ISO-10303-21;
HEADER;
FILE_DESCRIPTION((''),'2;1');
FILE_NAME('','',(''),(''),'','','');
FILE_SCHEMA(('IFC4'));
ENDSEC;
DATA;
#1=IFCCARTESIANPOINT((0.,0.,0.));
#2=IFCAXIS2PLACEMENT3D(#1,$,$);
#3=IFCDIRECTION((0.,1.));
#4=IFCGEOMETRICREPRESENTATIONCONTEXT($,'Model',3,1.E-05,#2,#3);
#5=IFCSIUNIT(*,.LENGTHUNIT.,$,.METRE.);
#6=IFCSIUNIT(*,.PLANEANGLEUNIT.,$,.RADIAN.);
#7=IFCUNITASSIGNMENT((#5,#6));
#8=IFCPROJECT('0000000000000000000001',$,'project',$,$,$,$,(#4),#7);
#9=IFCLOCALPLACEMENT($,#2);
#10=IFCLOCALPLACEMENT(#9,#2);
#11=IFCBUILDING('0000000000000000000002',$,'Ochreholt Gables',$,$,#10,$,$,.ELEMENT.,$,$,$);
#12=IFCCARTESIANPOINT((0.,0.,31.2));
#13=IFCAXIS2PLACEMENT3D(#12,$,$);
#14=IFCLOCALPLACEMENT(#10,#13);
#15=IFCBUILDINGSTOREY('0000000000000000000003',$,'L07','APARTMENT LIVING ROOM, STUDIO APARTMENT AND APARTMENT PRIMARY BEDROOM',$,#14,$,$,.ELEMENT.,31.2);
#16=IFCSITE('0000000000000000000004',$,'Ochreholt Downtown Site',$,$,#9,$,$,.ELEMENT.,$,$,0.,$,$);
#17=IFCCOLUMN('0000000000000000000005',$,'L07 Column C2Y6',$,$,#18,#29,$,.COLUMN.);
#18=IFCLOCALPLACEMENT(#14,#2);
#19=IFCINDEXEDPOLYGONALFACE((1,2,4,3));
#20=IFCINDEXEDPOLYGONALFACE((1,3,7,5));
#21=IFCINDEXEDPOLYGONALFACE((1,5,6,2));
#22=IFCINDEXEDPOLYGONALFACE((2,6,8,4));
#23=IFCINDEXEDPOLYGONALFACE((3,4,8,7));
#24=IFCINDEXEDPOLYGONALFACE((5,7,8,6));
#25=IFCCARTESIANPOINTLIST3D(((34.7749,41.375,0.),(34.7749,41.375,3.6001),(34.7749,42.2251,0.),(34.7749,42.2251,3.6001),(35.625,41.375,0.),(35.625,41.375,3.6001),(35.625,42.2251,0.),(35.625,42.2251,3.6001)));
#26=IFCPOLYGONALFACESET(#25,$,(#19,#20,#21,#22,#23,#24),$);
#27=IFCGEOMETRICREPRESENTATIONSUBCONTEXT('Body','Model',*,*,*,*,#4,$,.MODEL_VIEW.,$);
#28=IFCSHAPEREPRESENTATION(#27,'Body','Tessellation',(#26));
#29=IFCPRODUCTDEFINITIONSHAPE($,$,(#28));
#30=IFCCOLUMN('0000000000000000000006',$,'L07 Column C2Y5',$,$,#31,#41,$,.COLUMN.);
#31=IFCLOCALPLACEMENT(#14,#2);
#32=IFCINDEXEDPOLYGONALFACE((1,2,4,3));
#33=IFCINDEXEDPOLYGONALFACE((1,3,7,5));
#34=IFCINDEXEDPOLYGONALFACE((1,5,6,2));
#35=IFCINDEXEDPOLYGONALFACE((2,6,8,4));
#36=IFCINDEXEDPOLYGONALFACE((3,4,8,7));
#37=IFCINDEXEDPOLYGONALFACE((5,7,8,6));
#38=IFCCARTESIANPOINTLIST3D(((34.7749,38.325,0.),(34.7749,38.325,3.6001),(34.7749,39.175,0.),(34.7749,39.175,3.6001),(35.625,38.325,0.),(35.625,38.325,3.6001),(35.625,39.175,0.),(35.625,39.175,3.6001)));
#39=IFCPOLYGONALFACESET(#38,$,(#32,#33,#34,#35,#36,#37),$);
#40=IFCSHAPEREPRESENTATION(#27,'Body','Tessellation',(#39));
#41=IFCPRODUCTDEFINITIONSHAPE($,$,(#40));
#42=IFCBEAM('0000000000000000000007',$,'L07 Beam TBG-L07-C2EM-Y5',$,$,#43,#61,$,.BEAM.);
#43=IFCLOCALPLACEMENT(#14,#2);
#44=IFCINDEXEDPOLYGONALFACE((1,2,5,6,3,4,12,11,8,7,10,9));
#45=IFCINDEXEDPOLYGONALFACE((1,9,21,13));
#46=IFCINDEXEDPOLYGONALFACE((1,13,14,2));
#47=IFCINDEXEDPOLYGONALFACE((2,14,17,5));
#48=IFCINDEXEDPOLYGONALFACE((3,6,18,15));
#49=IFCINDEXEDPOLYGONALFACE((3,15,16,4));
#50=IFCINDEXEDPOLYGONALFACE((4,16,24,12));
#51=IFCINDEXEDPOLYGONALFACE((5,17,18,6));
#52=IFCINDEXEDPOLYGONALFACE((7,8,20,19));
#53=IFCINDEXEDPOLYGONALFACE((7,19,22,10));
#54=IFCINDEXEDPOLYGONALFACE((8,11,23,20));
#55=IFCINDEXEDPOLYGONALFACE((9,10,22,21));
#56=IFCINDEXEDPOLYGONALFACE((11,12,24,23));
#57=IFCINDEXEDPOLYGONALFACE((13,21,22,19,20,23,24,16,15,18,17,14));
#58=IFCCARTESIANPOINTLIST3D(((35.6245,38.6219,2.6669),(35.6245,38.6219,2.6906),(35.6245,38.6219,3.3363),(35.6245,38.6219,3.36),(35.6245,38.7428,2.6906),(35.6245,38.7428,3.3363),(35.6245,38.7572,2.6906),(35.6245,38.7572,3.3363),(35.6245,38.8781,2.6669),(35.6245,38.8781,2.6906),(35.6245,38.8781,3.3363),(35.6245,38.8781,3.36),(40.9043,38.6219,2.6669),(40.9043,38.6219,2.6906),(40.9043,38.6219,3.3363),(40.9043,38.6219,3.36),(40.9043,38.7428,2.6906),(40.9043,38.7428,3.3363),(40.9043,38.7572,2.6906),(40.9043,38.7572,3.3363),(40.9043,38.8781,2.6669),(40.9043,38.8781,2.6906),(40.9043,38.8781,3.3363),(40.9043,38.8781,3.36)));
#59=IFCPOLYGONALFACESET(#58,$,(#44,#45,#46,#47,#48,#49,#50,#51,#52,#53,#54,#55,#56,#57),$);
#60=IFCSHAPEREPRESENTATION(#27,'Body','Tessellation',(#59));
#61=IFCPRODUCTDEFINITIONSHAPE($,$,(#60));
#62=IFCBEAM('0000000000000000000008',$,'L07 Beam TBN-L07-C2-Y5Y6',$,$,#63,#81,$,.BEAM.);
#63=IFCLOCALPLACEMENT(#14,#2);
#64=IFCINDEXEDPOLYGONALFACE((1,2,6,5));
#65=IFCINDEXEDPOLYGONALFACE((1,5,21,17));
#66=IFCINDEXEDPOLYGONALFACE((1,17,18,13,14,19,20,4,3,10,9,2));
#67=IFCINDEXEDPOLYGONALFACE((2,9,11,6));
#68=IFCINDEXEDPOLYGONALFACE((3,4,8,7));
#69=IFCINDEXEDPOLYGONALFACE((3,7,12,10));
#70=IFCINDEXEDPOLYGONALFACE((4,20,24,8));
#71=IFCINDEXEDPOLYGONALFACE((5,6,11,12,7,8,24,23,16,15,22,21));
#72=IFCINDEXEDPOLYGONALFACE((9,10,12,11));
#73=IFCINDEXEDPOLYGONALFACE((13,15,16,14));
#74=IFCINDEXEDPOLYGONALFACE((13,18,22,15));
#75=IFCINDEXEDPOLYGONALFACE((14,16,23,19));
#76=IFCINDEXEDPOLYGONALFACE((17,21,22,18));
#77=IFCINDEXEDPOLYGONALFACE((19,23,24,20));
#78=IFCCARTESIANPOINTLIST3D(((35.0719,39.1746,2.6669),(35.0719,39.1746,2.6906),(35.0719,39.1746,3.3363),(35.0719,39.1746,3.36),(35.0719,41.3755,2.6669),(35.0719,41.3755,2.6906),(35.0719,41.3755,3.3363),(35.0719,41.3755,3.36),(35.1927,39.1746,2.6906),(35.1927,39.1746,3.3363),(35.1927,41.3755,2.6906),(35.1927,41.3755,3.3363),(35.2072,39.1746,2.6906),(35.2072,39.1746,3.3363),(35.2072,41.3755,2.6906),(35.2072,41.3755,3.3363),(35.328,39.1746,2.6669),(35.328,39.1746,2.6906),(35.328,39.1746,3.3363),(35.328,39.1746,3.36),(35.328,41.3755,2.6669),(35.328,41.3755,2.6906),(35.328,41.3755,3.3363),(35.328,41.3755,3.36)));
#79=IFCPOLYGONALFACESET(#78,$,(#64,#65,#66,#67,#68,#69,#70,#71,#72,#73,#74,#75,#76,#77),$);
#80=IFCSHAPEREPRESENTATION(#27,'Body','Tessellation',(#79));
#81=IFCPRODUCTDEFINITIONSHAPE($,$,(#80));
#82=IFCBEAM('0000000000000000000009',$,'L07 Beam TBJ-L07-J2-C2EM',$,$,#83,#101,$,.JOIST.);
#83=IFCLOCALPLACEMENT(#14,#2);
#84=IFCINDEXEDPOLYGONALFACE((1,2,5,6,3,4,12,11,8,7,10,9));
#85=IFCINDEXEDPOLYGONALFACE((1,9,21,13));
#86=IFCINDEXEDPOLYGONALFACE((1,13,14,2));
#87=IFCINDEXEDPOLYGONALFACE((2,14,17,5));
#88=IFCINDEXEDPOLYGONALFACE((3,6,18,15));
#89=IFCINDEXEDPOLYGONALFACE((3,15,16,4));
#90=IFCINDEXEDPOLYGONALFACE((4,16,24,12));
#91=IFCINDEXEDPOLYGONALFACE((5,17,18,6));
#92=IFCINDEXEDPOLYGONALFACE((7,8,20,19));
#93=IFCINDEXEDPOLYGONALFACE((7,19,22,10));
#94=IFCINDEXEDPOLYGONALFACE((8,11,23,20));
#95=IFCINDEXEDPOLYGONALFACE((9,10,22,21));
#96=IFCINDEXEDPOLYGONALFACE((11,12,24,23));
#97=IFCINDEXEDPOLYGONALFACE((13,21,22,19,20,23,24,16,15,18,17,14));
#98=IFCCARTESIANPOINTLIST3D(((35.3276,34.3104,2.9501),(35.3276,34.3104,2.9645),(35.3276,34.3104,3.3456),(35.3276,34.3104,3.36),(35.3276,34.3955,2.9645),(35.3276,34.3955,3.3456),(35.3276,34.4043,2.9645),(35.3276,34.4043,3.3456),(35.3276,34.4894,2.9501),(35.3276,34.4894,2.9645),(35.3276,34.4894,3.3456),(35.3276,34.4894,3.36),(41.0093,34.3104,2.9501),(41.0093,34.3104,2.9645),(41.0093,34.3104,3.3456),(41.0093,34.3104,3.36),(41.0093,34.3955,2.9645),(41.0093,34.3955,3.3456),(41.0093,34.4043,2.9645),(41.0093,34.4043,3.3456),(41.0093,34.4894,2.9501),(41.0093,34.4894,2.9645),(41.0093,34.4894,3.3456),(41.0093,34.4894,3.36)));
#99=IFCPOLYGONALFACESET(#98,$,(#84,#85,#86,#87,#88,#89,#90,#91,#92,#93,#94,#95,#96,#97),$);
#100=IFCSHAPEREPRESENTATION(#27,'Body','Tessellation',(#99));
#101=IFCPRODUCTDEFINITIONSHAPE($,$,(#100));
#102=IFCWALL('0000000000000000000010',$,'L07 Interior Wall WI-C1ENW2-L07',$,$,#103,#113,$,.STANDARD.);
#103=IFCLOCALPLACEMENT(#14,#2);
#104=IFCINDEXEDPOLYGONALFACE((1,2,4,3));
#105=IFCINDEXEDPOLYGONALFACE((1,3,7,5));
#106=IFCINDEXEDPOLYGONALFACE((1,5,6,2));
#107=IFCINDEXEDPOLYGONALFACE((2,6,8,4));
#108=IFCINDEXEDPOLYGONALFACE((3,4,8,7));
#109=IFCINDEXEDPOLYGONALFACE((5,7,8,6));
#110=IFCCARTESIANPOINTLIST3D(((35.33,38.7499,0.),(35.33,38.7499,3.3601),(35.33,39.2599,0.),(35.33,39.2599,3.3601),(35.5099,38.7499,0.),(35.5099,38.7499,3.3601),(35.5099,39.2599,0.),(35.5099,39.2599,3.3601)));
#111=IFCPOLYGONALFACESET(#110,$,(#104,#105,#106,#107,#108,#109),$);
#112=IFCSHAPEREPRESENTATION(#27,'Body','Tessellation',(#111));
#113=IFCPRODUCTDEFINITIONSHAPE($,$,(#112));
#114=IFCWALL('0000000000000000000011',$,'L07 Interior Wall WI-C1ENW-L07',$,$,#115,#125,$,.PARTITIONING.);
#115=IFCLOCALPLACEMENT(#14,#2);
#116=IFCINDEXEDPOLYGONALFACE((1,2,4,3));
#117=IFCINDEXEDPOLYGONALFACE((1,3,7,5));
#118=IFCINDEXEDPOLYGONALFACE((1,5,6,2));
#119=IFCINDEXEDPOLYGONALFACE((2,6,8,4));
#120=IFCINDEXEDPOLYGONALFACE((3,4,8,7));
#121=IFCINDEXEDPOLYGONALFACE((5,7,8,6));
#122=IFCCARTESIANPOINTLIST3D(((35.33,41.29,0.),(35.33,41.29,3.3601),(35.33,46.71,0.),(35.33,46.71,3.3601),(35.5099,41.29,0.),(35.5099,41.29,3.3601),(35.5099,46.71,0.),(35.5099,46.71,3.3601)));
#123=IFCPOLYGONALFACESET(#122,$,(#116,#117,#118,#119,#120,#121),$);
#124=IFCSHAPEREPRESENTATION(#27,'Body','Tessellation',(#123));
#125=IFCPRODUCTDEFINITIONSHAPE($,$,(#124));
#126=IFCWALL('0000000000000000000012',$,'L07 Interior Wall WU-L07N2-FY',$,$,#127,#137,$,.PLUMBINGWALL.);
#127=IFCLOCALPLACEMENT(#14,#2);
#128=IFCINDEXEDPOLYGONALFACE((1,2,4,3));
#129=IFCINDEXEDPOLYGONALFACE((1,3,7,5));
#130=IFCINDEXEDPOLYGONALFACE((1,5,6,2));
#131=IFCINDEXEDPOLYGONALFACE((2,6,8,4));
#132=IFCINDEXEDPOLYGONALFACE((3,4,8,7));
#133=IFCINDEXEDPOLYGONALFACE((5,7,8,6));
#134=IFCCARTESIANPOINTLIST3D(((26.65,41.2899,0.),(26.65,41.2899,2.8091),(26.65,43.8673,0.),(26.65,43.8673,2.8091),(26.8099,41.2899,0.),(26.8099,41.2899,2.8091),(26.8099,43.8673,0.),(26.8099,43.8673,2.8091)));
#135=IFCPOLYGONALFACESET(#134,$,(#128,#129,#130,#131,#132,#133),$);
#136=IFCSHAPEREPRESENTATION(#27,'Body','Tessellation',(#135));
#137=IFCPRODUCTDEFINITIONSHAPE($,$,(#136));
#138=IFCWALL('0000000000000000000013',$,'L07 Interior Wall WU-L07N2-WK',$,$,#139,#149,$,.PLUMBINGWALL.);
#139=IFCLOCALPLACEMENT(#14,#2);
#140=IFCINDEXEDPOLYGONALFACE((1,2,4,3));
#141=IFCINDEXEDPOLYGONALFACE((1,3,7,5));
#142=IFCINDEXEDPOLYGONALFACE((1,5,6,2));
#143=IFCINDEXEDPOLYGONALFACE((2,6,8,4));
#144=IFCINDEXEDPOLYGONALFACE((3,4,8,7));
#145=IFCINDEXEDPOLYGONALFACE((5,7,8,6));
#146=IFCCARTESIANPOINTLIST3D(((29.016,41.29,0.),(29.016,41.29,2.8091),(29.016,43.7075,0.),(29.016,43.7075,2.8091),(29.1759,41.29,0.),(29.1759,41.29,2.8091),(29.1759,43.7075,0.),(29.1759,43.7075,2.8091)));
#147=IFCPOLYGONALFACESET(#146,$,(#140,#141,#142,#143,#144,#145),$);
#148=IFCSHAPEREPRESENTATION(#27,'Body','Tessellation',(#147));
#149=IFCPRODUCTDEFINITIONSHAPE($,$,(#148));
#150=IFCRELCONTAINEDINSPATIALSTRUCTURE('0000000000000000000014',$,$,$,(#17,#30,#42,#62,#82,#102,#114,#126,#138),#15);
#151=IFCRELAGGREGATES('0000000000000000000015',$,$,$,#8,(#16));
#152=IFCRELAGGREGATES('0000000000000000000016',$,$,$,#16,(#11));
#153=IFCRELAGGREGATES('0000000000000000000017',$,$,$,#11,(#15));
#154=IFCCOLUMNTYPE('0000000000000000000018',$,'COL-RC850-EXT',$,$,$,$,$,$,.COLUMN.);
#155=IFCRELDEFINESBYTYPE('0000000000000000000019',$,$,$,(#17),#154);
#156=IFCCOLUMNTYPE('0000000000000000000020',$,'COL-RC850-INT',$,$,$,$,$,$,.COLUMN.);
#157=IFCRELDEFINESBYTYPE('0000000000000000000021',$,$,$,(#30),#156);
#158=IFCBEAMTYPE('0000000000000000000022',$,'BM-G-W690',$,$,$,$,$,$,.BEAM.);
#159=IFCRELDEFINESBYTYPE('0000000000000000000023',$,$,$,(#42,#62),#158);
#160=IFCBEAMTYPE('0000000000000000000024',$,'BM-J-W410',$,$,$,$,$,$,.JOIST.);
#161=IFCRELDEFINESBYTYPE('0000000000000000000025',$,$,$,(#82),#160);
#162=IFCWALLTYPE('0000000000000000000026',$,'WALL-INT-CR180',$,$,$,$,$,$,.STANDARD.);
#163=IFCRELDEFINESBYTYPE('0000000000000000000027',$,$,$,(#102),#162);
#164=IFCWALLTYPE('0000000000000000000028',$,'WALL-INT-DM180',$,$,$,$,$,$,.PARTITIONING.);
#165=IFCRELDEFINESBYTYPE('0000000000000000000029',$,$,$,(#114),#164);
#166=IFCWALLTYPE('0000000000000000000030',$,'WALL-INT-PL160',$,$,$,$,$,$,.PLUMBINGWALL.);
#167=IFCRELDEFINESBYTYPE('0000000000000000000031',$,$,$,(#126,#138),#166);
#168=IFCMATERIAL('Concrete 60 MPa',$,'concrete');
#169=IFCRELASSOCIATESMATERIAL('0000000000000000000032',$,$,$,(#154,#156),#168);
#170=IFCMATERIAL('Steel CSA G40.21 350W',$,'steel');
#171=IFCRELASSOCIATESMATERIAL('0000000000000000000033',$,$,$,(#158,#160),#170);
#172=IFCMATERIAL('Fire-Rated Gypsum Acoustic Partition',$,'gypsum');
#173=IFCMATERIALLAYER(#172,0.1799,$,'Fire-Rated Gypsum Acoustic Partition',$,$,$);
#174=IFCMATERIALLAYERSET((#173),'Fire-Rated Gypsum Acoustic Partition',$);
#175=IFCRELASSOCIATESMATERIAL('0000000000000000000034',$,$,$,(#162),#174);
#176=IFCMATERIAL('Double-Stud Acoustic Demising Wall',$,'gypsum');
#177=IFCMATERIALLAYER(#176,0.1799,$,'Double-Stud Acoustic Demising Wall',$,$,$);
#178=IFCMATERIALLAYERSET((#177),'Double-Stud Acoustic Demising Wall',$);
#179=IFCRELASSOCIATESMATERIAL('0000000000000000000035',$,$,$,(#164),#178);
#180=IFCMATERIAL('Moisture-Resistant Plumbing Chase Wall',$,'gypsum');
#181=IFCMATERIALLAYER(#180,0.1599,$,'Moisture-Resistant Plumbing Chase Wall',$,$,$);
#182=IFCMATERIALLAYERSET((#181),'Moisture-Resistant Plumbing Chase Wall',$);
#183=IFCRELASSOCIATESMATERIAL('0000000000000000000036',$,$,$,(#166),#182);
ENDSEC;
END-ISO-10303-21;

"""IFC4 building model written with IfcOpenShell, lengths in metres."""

from ifc_helpers import new_model, si_unit, direction, frame, frame_2d, origin, origin_2d, place, context, subcontext, project, spatial, rectangle, i_section, extrude, material, layer, layer_set, material_profile, profile_set, type_object, element, save


model = new_model("IFC4")

# Units and contexts
model_context = context("Model", 3, precision=1e-05, world=origin(), true_north=direction((0.0, 1.0)))
body_context = subcontext(model_context, "Body", "Model", "MODEL_VIEW")
ifc_project = project(units=[si_unit("LENGTHUNIT", "METRE"), si_unit("PLANEANGLEUNIT", "RADIAN")], contexts=[model_context])

# Site, building, storey
site_placement = place(None, origin())
site = spatial("IfcSite", under=ifc_project, at=site_placement, Name="Ochreholt Downtown Site", CompositionType="ELEMENT", RefElevation=0.0)
building_placement = place(site_placement, origin())
building = spatial("IfcBuilding", under=site, at=building_placement, Name="Ochreholt Gables", CompositionType="ELEMENT")
storey_placement = place(building_placement, frame((0.0, 0.0, 31.2)))
storey = spatial("IfcBuildingStorey", under=building, at=storey_placement, Name="L07", Description="APARTMENT LIVING ROOM, STUDIO APARTMENT AND APARTMENT PRIMARY BEDROOM", CompositionType="ELEMENT", Elevation=31.2)

# Columns
ifc_material_1 = material(Name="Concrete 60 MPa", Category="concrete")
ifc_material_profile_1 = material_profile(ifc_material_1, rectangle(XDim=0.8501, YDim=0.8501, at=origin_2d()), Name="RC850X850")
ifc_profile_set_1 = profile_set([ifc_material_profile_1], Name="Concrete 60 MPa")
column_type_1 = type_object("IfcColumnType", Name="COL-RC850-EXT", PredefinedType="COLUMN", material=ifc_profile_set_1)
column_1_placement = place(storey_placement, frame((35.2, 41.8, 0.0), z_axis=(0.0, 0.0, 1.0), x_axis=(1.0, 0.0, 0.0)))
element("IfcColumn", 1, at=column_1_placement, inside=storey, type_object=column_type_1, Name="L07 Column C2Y6", PredefinedType="COLUMN", context=body_context, shape_type="SweptSolid", body=[
    extrude(rectangle(XDim=0.8501, YDim=0.8501, at=origin_2d()), origin(), (0.0, 0.0, 1.0), 3.6001),
])
ifc_material_profile_2 = material_profile(ifc_material_1, rectangle(XDim=0.8501, YDim=0.8501, at=origin_2d()), Name="RC850X850")
ifc_profile_set_2 = profile_set([ifc_material_profile_2], Name="Concrete 60 MPa")
column_type_2 = type_object("IfcColumnType", Name="COL-RC850-INT", PredefinedType="COLUMN", material=ifc_profile_set_2)
column_2_placement = place(storey_placement, frame((35.2, 38.75, 0.0), z_axis=(0.0, 0.0, 1.0), x_axis=(1.0, 0.0, 0.0)))
element("IfcColumn", 2, at=column_2_placement, inside=storey, type_object=column_type_2, Name="L07 Column C2Y5", PredefinedType="COLUMN", context=body_context, shape_type="SweptSolid", body=[
    extrude(rectangle(XDim=0.8501, YDim=0.8501, at=origin_2d()), origin(), (0.0, 0.0, 1.0), 3.6001),
])

# Beams
ifc_material_2 = material(Name="Steel CSA G40.21 350W", Category="steel")
ifc_material_profile_3 = material_profile(ifc_material_2, i_section(OverallWidth=0.2561, OverallDepth=0.6931, WebThickness=0.0144, FlangeThickness=0.0237, at=origin_2d()), Name="W690X170")
ifc_profile_set_3 = profile_set([ifc_material_profile_3], Name="Steel CSA G40.21 350W")
beam_type_1 = type_object("IfcBeamType", Name="BM-G-W690", PredefinedType="BEAM", material=ifc_profile_set_3)
beam_1_placement = place(storey_placement, frame((35.6245, 38.75, 3.0134), z_axis=(1.0, 0.0, 0.0), x_axis=(0.0, 1.0, 0.0)))
element("IfcBeam", 3, at=beam_1_placement, inside=storey, type_object=beam_type_1, Name="L07 Beam TBG-L07-C2EM-Y5", PredefinedType="BEAM", context=body_context, shape_type="SweptSolid", body=[
    extrude(i_section(OverallWidth=0.2561, OverallDepth=0.6931, WebThickness=0.0144, FlangeThickness=0.0237, at=origin_2d()), origin(), (0.0, 0.0, 1.0), 5.2798),
])
beam_2_placement = place(storey_placement, frame((35.2, 39.1746, 3.0134), z_axis=(0.0, 1.0, 0.0), x_axis=(-1.0, 0.0, 0.0)))
element("IfcBeam", 4, at=beam_2_placement, inside=storey, type_object=beam_type_1, Name="L07 Beam TBN-L07-C2-Y5Y6", PredefinedType="BEAM", context=body_context, shape_type="SweptSolid", body=[
    extrude(i_section(OverallWidth=0.2561, OverallDepth=0.6931, WebThickness=0.0144, FlangeThickness=0.0237, at=origin_2d()), origin(), (0.0, 0.0, 1.0), 2.2009),
])
ifc_material_profile_4 = material_profile(ifc_material_2, i_section(OverallWidth=0.179, OverallDepth=0.4099, WebThickness=0.0088, FlangeThickness=0.0144, at=origin_2d()), Name="W410X67")
ifc_profile_set_4 = profile_set([ifc_material_profile_4], Name="Steel CSA G40.21 350W")
beam_type_2 = type_object("IfcBeamType", Name="BM-J-W410", PredefinedType="JOIST", material=ifc_profile_set_4)
beam_3_placement = place(storey_placement, frame((35.3276, 34.3999, 3.155), z_axis=(1.0, 0.0, 0.0), x_axis=(0.0, 1.0, 0.0)))
element("IfcBeam", 5, at=beam_3_placement, inside=storey, type_object=beam_type_2, Name="L07 Beam TBJ-L07-J2-C2EM", PredefinedType="JOIST", context=body_context, shape_type="SweptSolid", body=[
    extrude(i_section(OverallWidth=0.179, OverallDepth=0.4099, WebThickness=0.0088, FlangeThickness=0.0144, at=origin_2d()), origin(), (0.0, 0.0, 1.0), 5.6816),
])

# Walls
ifc_material_3 = material(Name="Fire-Rated Gypsum Acoustic Partition", Category="gypsum")
ifc_layer_1 = layer(ifc_material_3, 0.1799, Name="Fire-Rated Gypsum Acoustic Partition")
ifc_layer_set_1 = layer_set([ifc_layer_1], Name="Fire-Rated Gypsum Acoustic Partition")
wall_type_1 = type_object("IfcWallType", Name="WALL-INT-CR180", PredefinedType="STANDARD", material=ifc_layer_set_1)
wall_1_placement = place(storey_placement, frame((35.4199, 38.75, 0.0), z_axis=(0.0, 0.0, 1.0), x_axis=(0.0, 1.0, 0.0)))
element("IfcWall", 6, at=wall_1_placement, inside=storey, type_object=wall_type_1, Name="L07 Interior Wall WI-C1ENW2-L07", PredefinedType="STANDARD", context=body_context, shape_type="SweptSolid", body=[
    extrude(rectangle(XDim=0.51, YDim=0.1799, at=frame_2d((0.2549, 0.0))), origin(), (0.0, 0.0, 1.0), 3.3601),
])
ifc_material_4 = material(Name="Double-Stud Acoustic Demising Wall", Category="gypsum")
ifc_layer_2 = layer(ifc_material_4, 0.1799, Name="Double-Stud Acoustic Demising Wall")
ifc_layer_set_2 = layer_set([ifc_layer_2], Name="Double-Stud Acoustic Demising Wall")
wall_type_2 = type_object("IfcWallType", Name="WALL-INT-DM180", PredefinedType="PARTITIONING", material=ifc_layer_set_2)
wall_2_placement = place(storey_placement, frame((35.4199, 41.29, 0.0), z_axis=(0.0, 0.0, 1.0), x_axis=(0.0, 1.0, 0.0)))
element("IfcWall", 7, at=wall_2_placement, inside=storey, type_object=wall_type_2, Name="L07 Interior Wall WI-C1ENW-L07", PredefinedType="PARTITIONING", context=body_context, shape_type="SweptSolid", body=[
    extrude(rectangle(XDim=5.4199, YDim=0.1799, at=frame_2d((2.71, 0.0))), origin(), (0.0, 0.0, 1.0), 3.3601),
])

# Shared definitions
ifc_material_5 = material(Name="Moisture-Resistant Plumbing Chase Wall", Category="gypsum")
ifc_layer_3 = layer(ifc_material_5, 0.1599, Name="Moisture-Resistant Plumbing Chase Wall")
ifc_layer_set_3 = layer_set([ifc_layer_3], Name="Moisture-Resistant Plumbing Chase Wall")
wall_type_3 = type_object("IfcWallType", Name="WALL-INT-PL160", PredefinedType="PLUMBINGWALL", material=ifc_layer_set_3)

# Walls
wall_3_placement = place(storey_placement, frame((26.73, 41.29, 0.0), z_axis=(0.0, 0.0, 1.0), x_axis=(0.0, 1.0, 0.0)))
element("IfcWall", 8, at=wall_3_placement, inside=storey, type_object=wall_type_3, Name="L07 Interior Wall WU-L07N2-FY", PredefinedType="PLUMBINGWALL", context=body_context, shape_type="SweptSolid", body=[
    extrude(rectangle(XDim=2.5774, YDim=0.1599, at=frame_2d((1.2886, 0.0))), origin(), (0.0, 0.0, 1.0), 2.8091),
])
wall_4_placement = place(storey_placement, frame((29.0959, 41.29, 0.0), z_axis=(0.0, 0.0, 1.0), x_axis=(0.0, 1.0, 0.0)))
element("IfcWall", 9, at=wall_4_placement, inside=storey, type_object=wall_type_3, Name="L07 Interior Wall WU-L07N2-WK", PredefinedType="PLUMBINGWALL", context=body_context, shape_type="SweptSolid", body=[
    extrude(rectangle(XDim=2.4175, YDim=0.1599, at=frame_2d((1.2087, 0.0))), origin(), (0.0, 0.0, 1.0), 2.8091),
])

save(model, "model.ifc")
